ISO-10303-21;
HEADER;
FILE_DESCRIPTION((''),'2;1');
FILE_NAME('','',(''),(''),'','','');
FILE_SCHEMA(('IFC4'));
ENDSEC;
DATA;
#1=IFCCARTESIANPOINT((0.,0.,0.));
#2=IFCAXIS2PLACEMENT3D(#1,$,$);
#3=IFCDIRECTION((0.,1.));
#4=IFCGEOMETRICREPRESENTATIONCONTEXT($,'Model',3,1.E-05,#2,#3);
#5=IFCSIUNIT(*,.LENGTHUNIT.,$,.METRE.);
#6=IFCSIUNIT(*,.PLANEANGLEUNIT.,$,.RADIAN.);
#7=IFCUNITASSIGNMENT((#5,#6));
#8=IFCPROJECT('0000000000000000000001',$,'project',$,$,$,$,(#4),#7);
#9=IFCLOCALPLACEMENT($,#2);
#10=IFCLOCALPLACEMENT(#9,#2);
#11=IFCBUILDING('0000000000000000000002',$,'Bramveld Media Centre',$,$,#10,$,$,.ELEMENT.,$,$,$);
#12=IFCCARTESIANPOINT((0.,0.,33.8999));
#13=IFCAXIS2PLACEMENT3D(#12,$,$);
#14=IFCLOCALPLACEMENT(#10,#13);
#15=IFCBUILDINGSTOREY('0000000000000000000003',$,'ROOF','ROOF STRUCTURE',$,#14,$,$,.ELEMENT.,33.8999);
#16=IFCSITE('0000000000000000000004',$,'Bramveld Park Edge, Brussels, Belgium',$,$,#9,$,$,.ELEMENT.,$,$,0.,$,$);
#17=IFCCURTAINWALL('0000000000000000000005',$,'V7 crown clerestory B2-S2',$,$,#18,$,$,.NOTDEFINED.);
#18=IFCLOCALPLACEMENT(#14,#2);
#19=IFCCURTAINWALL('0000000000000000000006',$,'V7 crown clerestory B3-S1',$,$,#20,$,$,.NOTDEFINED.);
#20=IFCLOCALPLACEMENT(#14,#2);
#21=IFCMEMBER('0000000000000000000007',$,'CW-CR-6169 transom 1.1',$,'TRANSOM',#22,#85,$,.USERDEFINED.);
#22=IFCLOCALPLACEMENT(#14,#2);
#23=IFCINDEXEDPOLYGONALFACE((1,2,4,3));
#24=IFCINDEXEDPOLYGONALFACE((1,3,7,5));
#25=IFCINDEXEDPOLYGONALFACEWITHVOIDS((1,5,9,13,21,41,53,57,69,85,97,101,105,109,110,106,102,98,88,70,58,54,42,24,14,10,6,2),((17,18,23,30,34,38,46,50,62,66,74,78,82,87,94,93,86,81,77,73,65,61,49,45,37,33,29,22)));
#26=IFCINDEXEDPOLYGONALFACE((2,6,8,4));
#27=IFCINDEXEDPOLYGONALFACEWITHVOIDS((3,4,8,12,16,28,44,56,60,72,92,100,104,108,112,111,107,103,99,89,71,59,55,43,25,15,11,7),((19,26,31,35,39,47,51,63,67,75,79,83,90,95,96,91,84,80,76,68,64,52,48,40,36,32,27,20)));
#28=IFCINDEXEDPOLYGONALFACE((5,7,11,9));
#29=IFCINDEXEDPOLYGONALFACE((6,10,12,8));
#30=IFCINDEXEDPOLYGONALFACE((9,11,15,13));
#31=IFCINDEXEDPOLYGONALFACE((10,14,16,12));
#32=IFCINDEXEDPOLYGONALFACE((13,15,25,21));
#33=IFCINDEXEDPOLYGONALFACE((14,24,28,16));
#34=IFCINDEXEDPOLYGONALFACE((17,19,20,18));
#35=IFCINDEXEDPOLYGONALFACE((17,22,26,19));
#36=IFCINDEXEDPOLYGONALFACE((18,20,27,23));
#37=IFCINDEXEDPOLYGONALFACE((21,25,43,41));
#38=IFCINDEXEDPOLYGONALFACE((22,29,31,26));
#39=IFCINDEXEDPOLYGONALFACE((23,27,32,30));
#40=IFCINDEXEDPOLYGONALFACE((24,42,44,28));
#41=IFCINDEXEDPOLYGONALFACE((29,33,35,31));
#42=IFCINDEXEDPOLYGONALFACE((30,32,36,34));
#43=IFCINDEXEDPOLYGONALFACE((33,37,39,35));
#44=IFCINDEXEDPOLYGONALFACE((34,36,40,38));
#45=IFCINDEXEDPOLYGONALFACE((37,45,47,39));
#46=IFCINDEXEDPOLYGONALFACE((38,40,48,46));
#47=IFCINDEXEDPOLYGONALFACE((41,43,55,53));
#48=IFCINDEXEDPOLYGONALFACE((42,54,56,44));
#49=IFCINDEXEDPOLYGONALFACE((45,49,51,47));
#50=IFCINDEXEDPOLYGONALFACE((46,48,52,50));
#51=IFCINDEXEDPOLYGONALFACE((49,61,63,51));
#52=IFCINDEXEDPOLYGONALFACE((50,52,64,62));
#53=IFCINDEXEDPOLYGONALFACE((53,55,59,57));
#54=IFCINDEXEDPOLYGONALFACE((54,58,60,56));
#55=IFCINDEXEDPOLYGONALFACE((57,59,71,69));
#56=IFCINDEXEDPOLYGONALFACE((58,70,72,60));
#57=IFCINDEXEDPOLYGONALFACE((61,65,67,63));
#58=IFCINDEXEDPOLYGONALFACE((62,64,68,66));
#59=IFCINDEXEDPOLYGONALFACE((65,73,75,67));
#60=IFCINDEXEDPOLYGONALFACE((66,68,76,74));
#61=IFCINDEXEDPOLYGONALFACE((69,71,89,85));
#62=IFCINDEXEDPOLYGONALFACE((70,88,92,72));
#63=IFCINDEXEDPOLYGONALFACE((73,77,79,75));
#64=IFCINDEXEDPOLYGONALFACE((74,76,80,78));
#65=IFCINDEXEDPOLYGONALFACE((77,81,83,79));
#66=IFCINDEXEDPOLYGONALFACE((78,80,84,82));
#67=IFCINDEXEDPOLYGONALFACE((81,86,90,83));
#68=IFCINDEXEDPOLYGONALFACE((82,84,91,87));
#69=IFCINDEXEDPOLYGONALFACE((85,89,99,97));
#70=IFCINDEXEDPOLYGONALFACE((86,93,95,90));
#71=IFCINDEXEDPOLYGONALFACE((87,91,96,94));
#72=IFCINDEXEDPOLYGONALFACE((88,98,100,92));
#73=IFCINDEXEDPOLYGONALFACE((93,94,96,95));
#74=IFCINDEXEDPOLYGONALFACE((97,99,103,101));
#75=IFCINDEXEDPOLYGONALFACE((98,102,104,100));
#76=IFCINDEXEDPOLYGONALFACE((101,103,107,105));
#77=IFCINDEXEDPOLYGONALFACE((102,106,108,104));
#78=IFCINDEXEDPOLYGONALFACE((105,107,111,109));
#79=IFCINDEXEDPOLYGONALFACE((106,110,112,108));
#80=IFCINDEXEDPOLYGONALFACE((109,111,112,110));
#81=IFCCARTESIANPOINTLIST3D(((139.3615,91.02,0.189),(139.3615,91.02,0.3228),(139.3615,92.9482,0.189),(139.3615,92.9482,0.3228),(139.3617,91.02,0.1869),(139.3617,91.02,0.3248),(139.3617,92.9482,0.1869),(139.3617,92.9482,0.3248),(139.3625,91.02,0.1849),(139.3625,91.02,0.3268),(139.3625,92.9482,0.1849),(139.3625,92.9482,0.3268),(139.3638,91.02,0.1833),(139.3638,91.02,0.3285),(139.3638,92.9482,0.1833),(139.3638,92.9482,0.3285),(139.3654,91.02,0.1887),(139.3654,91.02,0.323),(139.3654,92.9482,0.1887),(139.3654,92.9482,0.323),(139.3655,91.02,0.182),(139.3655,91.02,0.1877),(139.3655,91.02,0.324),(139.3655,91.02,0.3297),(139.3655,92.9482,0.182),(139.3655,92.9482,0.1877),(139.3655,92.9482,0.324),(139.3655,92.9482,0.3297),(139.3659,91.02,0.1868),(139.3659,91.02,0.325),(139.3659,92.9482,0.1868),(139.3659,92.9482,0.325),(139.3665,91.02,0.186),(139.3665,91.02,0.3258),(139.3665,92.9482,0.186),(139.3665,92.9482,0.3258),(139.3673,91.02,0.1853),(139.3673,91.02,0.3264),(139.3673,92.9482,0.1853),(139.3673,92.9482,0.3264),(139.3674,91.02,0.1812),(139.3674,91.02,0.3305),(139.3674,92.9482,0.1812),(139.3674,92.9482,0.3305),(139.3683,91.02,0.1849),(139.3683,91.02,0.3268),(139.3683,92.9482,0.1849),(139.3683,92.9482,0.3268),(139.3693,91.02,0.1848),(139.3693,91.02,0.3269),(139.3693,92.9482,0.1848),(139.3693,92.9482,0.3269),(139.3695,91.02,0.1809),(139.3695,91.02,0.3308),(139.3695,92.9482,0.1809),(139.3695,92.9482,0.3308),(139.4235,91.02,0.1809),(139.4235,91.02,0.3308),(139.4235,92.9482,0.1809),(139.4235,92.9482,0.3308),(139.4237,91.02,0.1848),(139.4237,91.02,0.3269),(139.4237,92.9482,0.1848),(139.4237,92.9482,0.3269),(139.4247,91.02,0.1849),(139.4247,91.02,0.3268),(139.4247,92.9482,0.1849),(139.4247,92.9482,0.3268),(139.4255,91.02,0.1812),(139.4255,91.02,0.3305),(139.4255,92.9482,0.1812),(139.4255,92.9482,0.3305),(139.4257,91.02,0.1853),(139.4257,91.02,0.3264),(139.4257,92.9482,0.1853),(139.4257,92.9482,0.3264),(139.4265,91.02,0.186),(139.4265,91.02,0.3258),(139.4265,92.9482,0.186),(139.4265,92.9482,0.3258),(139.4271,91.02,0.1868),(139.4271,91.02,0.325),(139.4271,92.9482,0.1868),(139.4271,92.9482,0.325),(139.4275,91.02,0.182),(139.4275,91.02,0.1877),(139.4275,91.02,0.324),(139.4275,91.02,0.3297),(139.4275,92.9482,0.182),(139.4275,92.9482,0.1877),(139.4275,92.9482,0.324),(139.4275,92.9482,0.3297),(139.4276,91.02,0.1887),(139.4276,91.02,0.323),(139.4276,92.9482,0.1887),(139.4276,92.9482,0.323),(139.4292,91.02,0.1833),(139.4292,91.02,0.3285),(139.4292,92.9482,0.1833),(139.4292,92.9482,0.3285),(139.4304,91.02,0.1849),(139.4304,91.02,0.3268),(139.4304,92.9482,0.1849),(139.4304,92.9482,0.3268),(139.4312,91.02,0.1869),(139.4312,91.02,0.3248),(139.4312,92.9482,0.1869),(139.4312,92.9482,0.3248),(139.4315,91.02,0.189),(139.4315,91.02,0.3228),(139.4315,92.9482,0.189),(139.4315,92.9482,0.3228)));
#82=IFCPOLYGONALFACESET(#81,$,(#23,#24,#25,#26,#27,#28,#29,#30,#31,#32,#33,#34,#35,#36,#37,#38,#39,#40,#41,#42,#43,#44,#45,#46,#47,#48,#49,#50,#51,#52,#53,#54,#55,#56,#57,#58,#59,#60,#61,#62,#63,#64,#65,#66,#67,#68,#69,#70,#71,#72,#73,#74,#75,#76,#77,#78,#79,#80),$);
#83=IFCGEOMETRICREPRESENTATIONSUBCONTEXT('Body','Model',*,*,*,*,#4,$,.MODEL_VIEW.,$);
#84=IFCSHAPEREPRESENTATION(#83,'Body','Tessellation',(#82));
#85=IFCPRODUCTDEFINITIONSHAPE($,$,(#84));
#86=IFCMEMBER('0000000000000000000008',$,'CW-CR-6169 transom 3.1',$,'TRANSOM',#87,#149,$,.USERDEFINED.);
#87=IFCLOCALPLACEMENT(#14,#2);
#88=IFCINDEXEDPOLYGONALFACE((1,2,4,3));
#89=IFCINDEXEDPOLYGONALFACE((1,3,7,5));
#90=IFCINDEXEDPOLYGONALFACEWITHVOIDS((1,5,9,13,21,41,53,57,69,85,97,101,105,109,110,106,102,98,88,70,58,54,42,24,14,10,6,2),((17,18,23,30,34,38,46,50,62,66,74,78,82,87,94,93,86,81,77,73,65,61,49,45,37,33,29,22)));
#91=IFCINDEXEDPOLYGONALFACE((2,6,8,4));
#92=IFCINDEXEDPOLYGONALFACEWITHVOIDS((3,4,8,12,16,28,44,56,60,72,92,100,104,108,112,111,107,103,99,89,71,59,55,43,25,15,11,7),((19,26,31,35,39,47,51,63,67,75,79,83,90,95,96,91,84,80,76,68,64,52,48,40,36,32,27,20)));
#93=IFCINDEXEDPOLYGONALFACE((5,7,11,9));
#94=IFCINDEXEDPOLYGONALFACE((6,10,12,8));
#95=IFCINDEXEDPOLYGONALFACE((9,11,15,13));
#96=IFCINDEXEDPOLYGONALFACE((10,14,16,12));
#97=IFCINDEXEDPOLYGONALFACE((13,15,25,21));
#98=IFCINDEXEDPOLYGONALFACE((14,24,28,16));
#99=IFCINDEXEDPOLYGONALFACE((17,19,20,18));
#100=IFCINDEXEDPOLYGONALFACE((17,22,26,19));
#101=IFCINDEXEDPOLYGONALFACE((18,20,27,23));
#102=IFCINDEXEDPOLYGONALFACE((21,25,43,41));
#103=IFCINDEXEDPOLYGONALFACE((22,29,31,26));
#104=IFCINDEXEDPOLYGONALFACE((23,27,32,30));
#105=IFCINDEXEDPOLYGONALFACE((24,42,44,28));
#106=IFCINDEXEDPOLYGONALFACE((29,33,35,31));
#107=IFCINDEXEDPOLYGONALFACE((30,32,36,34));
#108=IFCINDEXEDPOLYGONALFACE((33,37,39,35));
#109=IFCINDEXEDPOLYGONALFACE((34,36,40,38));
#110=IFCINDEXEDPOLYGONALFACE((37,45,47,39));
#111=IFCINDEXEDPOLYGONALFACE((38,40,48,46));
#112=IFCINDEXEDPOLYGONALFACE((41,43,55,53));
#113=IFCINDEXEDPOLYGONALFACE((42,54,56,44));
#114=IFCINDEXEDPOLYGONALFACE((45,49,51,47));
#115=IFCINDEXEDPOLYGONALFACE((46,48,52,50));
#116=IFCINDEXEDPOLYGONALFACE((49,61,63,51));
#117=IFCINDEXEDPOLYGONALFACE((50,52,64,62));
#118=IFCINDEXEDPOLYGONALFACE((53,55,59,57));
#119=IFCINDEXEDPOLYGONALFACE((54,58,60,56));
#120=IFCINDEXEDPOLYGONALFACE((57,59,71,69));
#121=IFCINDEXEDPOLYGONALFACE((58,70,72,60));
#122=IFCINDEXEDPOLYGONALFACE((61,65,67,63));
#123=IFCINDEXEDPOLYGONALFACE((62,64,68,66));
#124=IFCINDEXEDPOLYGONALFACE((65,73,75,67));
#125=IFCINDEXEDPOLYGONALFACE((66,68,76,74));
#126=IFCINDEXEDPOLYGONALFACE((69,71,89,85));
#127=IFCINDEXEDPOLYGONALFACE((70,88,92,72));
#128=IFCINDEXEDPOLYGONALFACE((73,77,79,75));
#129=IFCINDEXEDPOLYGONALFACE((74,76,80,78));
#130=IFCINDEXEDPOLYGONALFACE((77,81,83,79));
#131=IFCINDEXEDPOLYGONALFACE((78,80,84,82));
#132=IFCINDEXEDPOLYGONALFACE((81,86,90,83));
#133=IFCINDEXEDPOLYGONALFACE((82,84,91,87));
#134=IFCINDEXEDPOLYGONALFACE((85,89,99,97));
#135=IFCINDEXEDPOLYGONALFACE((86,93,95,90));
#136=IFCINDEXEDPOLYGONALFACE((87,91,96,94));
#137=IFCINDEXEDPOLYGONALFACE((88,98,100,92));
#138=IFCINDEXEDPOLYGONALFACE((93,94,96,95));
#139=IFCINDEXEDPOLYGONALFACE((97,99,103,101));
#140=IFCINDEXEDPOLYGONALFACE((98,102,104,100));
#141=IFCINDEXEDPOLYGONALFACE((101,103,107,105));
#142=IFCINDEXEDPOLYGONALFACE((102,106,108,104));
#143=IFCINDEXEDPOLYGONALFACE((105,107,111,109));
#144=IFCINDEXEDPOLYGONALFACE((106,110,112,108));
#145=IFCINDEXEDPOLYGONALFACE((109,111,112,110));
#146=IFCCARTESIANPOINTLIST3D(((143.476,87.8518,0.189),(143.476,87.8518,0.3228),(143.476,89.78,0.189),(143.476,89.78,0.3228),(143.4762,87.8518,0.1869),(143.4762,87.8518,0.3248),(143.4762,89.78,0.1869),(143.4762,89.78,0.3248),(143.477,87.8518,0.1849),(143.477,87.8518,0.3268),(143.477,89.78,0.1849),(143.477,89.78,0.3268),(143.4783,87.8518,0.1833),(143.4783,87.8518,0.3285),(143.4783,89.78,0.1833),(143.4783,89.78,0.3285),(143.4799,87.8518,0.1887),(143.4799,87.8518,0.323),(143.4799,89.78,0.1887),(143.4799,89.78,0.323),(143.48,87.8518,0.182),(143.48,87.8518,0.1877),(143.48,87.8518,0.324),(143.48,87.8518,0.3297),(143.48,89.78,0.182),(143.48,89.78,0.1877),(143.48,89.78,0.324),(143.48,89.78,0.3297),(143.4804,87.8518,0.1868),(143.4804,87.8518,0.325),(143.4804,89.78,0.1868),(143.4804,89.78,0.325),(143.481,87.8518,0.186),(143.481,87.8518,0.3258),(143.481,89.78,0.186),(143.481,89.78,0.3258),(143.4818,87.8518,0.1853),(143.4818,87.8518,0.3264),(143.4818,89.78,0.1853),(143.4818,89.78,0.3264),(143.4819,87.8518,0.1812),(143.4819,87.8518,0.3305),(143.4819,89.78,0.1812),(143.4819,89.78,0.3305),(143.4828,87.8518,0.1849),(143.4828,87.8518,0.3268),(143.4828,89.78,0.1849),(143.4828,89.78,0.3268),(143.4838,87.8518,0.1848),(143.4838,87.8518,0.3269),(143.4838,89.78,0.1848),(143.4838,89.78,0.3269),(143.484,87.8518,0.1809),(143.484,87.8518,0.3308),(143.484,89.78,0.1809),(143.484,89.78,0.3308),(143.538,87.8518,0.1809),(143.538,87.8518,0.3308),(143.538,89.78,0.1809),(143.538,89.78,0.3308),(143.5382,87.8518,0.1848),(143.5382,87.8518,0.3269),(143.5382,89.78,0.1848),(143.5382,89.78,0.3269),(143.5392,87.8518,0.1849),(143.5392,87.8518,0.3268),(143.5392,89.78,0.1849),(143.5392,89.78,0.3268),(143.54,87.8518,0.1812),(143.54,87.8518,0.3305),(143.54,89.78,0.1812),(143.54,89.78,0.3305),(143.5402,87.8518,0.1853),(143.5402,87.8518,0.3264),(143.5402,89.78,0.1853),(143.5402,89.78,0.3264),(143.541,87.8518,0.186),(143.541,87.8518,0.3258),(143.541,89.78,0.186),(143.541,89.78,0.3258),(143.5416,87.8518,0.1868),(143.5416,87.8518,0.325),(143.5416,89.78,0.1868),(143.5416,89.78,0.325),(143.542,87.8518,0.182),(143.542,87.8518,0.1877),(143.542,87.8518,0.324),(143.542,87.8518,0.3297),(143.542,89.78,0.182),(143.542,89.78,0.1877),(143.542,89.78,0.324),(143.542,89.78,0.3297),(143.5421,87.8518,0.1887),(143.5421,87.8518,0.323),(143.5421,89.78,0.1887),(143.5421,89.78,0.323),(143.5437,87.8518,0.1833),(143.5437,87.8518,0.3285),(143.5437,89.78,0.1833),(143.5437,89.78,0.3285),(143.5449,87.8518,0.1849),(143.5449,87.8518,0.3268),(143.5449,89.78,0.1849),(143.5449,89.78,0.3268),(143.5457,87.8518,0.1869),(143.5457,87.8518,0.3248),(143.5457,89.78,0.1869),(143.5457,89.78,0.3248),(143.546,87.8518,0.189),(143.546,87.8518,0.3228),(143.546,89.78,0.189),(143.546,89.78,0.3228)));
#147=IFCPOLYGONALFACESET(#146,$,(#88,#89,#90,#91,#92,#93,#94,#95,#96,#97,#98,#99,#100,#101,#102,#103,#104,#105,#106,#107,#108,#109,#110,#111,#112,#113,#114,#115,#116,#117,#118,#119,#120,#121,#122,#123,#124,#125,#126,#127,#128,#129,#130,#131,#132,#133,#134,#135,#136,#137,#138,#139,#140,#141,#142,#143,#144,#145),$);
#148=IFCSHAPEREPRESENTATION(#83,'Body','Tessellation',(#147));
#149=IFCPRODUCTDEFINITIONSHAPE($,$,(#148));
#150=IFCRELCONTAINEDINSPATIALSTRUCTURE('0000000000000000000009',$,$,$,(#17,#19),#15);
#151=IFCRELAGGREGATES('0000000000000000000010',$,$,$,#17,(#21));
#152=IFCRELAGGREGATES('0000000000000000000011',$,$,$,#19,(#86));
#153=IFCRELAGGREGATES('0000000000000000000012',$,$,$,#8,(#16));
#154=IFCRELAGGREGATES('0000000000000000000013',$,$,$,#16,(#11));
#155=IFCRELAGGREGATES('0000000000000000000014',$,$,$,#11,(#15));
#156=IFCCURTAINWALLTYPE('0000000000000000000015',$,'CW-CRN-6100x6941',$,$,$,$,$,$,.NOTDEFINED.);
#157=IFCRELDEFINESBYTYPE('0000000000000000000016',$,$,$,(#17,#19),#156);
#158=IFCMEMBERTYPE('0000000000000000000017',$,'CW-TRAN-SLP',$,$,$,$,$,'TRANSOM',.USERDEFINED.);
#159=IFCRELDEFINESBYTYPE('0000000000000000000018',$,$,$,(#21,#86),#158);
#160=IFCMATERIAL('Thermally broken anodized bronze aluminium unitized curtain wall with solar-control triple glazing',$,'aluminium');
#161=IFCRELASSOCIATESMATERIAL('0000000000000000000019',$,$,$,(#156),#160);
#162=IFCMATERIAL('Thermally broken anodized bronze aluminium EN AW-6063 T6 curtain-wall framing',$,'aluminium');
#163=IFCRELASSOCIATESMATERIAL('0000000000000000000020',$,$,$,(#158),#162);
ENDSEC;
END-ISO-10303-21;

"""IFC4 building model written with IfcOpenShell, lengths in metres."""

from ifc_helpers import new_model, si_unit, direction, frame, origin, origin_2d, place, context, subcontext, project, spatial, hollow_rectangle, extrude, material, material_profile, profile_set, type_object, element, aggregate, save


model = new_model("IFC4")

# Units and contexts
model_context = context("Model", 3, precision=1e-05, world=origin(), true_north=direction((0.0, 1.0)))
body_context = subcontext(model_context, "Body", "Model", "MODEL_VIEW")
ifc_project = project(units=[si_unit("LENGTHUNIT", "METRE"), si_unit("PLANEANGLEUNIT", "RADIAN")], contexts=[model_context])

# Site, building, storey
site_placement = place(None, origin())
site = spatial("IfcSite", under=ifc_project, at=site_placement, Name="Bramveld Park Edge, Brussels, Belgium", CompositionType="ELEMENT", RefElevation=0.0)
building_placement = place(site_placement, origin())
building = spatial("IfcBuilding", under=site, at=building_placement, Name="Bramveld Media Centre", CompositionType="ELEMENT")
storey_placement = place(building_placement, frame((0.0, 0.0, 33.8999)))
storey = spatial("IfcBuildingStorey", under=building, at=storey_placement, Name="ROOF", Description="ROOF STRUCTURE", CompositionType="ELEMENT", Elevation=33.8999)

# Curtain walls
ifc_material_1 = material(Name="Thermally broken anodized bronze aluminium unitized curtain wall with solar-control triple glazing", Category="aluminium")
curtain_wall_type = type_object("IfcCurtainWallType", Name="CW-CRN-6100x6941", PredefinedType="NOTDEFINED", material=ifc_material_1)
curtain_wall_1_placement = place(storey_placement, origin())
curtain_wall_1 = element("IfcCurtainWall", 1, at=curtain_wall_1_placement, inside=storey, type_object=curtain_wall_type, Name="V7 crown clerestory B2-S2", PredefinedType="NOTDEFINED")
curtain_wall_2_placement = place(storey_placement, origin())
curtain_wall_2 = element("IfcCurtainWall", 2, at=curtain_wall_2_placement, inside=storey, type_object=curtain_wall_type, Name="V7 crown clerestory B3-S1", PredefinedType="NOTDEFINED")

# Members
ifc_material_2 = material(Name="Thermally broken anodized bronze aluminium EN AW-6063 T6 curtain-wall framing", Category="aluminium")
ifc_material_profile_1 = material_profile(ifc_material_2, hollow_rectangle(XDim=0.0701, YDim=0.1499, WallThickness=0.0039, InnerFilletRadius=0.0039, OuterFilletRadius=0.0081, at=origin_2d()), Name="AL-TRAN 70x150")
ifc_profile_set_1 = profile_set([ifc_material_profile_1], Name="Thermally broken anodized bronze aluminium EN AW-6063 T6 curtain-wall framing")
member_type_1 = type_object("IfcMemberType", Name="CW-TRAN-SLP", ElementType="TRANSOM", PredefinedType="USERDEFINED", material=ifc_profile_set_1)
member_1_placement = place(storey_placement, frame((139.3965, 91.02, 0.2559), z_axis=(0.0, 1.0, 0.0), x_axis=(-1.0, 0.0, 0.0)))
member_1 = element("IfcMember", 3, at=member_1_placement, type_object=member_type_1, Name="CW-CR-6169 transom 1.1", ObjectType="TRANSOM", PredefinedType="USERDEFINED", context=body_context, shape_type="SweptSolid", body=[
    extrude(hollow_rectangle(XDim=0.0701, YDim=0.1499, WallThickness=0.0039, InnerFilletRadius=0.0039, OuterFilletRadius=0.0081, at=origin_2d()), origin(), (0.0, 0.0, 1.0), 1.9282),
])
aggregate(curtain_wall_1, [member_1])
member_2_placement = place(storey_placement, frame((143.511, 87.8518, 0.2559), z_axis=(0.0, 1.0, 0.0), x_axis=(-1.0, 0.0, 0.0)))
member_2 = element("IfcMember", 4, at=member_2_placement, type_object=member_type_1, Name="CW-CR-6169 transom 3.1", ObjectType="TRANSOM", PredefinedType="USERDEFINED", context=body_context, shape_type="SweptSolid", body=[
    extrude(hollow_rectangle(XDim=0.0701, YDim=0.1499, WallThickness=0.0039, InnerFilletRadius=0.0039, OuterFilletRadius=0.0081, at=origin_2d()), origin(), (0.0, 0.0, 1.0), 1.9282),
])

aggregate(curtain_wall_2, [member_2])

save(model, "model.ifc")
